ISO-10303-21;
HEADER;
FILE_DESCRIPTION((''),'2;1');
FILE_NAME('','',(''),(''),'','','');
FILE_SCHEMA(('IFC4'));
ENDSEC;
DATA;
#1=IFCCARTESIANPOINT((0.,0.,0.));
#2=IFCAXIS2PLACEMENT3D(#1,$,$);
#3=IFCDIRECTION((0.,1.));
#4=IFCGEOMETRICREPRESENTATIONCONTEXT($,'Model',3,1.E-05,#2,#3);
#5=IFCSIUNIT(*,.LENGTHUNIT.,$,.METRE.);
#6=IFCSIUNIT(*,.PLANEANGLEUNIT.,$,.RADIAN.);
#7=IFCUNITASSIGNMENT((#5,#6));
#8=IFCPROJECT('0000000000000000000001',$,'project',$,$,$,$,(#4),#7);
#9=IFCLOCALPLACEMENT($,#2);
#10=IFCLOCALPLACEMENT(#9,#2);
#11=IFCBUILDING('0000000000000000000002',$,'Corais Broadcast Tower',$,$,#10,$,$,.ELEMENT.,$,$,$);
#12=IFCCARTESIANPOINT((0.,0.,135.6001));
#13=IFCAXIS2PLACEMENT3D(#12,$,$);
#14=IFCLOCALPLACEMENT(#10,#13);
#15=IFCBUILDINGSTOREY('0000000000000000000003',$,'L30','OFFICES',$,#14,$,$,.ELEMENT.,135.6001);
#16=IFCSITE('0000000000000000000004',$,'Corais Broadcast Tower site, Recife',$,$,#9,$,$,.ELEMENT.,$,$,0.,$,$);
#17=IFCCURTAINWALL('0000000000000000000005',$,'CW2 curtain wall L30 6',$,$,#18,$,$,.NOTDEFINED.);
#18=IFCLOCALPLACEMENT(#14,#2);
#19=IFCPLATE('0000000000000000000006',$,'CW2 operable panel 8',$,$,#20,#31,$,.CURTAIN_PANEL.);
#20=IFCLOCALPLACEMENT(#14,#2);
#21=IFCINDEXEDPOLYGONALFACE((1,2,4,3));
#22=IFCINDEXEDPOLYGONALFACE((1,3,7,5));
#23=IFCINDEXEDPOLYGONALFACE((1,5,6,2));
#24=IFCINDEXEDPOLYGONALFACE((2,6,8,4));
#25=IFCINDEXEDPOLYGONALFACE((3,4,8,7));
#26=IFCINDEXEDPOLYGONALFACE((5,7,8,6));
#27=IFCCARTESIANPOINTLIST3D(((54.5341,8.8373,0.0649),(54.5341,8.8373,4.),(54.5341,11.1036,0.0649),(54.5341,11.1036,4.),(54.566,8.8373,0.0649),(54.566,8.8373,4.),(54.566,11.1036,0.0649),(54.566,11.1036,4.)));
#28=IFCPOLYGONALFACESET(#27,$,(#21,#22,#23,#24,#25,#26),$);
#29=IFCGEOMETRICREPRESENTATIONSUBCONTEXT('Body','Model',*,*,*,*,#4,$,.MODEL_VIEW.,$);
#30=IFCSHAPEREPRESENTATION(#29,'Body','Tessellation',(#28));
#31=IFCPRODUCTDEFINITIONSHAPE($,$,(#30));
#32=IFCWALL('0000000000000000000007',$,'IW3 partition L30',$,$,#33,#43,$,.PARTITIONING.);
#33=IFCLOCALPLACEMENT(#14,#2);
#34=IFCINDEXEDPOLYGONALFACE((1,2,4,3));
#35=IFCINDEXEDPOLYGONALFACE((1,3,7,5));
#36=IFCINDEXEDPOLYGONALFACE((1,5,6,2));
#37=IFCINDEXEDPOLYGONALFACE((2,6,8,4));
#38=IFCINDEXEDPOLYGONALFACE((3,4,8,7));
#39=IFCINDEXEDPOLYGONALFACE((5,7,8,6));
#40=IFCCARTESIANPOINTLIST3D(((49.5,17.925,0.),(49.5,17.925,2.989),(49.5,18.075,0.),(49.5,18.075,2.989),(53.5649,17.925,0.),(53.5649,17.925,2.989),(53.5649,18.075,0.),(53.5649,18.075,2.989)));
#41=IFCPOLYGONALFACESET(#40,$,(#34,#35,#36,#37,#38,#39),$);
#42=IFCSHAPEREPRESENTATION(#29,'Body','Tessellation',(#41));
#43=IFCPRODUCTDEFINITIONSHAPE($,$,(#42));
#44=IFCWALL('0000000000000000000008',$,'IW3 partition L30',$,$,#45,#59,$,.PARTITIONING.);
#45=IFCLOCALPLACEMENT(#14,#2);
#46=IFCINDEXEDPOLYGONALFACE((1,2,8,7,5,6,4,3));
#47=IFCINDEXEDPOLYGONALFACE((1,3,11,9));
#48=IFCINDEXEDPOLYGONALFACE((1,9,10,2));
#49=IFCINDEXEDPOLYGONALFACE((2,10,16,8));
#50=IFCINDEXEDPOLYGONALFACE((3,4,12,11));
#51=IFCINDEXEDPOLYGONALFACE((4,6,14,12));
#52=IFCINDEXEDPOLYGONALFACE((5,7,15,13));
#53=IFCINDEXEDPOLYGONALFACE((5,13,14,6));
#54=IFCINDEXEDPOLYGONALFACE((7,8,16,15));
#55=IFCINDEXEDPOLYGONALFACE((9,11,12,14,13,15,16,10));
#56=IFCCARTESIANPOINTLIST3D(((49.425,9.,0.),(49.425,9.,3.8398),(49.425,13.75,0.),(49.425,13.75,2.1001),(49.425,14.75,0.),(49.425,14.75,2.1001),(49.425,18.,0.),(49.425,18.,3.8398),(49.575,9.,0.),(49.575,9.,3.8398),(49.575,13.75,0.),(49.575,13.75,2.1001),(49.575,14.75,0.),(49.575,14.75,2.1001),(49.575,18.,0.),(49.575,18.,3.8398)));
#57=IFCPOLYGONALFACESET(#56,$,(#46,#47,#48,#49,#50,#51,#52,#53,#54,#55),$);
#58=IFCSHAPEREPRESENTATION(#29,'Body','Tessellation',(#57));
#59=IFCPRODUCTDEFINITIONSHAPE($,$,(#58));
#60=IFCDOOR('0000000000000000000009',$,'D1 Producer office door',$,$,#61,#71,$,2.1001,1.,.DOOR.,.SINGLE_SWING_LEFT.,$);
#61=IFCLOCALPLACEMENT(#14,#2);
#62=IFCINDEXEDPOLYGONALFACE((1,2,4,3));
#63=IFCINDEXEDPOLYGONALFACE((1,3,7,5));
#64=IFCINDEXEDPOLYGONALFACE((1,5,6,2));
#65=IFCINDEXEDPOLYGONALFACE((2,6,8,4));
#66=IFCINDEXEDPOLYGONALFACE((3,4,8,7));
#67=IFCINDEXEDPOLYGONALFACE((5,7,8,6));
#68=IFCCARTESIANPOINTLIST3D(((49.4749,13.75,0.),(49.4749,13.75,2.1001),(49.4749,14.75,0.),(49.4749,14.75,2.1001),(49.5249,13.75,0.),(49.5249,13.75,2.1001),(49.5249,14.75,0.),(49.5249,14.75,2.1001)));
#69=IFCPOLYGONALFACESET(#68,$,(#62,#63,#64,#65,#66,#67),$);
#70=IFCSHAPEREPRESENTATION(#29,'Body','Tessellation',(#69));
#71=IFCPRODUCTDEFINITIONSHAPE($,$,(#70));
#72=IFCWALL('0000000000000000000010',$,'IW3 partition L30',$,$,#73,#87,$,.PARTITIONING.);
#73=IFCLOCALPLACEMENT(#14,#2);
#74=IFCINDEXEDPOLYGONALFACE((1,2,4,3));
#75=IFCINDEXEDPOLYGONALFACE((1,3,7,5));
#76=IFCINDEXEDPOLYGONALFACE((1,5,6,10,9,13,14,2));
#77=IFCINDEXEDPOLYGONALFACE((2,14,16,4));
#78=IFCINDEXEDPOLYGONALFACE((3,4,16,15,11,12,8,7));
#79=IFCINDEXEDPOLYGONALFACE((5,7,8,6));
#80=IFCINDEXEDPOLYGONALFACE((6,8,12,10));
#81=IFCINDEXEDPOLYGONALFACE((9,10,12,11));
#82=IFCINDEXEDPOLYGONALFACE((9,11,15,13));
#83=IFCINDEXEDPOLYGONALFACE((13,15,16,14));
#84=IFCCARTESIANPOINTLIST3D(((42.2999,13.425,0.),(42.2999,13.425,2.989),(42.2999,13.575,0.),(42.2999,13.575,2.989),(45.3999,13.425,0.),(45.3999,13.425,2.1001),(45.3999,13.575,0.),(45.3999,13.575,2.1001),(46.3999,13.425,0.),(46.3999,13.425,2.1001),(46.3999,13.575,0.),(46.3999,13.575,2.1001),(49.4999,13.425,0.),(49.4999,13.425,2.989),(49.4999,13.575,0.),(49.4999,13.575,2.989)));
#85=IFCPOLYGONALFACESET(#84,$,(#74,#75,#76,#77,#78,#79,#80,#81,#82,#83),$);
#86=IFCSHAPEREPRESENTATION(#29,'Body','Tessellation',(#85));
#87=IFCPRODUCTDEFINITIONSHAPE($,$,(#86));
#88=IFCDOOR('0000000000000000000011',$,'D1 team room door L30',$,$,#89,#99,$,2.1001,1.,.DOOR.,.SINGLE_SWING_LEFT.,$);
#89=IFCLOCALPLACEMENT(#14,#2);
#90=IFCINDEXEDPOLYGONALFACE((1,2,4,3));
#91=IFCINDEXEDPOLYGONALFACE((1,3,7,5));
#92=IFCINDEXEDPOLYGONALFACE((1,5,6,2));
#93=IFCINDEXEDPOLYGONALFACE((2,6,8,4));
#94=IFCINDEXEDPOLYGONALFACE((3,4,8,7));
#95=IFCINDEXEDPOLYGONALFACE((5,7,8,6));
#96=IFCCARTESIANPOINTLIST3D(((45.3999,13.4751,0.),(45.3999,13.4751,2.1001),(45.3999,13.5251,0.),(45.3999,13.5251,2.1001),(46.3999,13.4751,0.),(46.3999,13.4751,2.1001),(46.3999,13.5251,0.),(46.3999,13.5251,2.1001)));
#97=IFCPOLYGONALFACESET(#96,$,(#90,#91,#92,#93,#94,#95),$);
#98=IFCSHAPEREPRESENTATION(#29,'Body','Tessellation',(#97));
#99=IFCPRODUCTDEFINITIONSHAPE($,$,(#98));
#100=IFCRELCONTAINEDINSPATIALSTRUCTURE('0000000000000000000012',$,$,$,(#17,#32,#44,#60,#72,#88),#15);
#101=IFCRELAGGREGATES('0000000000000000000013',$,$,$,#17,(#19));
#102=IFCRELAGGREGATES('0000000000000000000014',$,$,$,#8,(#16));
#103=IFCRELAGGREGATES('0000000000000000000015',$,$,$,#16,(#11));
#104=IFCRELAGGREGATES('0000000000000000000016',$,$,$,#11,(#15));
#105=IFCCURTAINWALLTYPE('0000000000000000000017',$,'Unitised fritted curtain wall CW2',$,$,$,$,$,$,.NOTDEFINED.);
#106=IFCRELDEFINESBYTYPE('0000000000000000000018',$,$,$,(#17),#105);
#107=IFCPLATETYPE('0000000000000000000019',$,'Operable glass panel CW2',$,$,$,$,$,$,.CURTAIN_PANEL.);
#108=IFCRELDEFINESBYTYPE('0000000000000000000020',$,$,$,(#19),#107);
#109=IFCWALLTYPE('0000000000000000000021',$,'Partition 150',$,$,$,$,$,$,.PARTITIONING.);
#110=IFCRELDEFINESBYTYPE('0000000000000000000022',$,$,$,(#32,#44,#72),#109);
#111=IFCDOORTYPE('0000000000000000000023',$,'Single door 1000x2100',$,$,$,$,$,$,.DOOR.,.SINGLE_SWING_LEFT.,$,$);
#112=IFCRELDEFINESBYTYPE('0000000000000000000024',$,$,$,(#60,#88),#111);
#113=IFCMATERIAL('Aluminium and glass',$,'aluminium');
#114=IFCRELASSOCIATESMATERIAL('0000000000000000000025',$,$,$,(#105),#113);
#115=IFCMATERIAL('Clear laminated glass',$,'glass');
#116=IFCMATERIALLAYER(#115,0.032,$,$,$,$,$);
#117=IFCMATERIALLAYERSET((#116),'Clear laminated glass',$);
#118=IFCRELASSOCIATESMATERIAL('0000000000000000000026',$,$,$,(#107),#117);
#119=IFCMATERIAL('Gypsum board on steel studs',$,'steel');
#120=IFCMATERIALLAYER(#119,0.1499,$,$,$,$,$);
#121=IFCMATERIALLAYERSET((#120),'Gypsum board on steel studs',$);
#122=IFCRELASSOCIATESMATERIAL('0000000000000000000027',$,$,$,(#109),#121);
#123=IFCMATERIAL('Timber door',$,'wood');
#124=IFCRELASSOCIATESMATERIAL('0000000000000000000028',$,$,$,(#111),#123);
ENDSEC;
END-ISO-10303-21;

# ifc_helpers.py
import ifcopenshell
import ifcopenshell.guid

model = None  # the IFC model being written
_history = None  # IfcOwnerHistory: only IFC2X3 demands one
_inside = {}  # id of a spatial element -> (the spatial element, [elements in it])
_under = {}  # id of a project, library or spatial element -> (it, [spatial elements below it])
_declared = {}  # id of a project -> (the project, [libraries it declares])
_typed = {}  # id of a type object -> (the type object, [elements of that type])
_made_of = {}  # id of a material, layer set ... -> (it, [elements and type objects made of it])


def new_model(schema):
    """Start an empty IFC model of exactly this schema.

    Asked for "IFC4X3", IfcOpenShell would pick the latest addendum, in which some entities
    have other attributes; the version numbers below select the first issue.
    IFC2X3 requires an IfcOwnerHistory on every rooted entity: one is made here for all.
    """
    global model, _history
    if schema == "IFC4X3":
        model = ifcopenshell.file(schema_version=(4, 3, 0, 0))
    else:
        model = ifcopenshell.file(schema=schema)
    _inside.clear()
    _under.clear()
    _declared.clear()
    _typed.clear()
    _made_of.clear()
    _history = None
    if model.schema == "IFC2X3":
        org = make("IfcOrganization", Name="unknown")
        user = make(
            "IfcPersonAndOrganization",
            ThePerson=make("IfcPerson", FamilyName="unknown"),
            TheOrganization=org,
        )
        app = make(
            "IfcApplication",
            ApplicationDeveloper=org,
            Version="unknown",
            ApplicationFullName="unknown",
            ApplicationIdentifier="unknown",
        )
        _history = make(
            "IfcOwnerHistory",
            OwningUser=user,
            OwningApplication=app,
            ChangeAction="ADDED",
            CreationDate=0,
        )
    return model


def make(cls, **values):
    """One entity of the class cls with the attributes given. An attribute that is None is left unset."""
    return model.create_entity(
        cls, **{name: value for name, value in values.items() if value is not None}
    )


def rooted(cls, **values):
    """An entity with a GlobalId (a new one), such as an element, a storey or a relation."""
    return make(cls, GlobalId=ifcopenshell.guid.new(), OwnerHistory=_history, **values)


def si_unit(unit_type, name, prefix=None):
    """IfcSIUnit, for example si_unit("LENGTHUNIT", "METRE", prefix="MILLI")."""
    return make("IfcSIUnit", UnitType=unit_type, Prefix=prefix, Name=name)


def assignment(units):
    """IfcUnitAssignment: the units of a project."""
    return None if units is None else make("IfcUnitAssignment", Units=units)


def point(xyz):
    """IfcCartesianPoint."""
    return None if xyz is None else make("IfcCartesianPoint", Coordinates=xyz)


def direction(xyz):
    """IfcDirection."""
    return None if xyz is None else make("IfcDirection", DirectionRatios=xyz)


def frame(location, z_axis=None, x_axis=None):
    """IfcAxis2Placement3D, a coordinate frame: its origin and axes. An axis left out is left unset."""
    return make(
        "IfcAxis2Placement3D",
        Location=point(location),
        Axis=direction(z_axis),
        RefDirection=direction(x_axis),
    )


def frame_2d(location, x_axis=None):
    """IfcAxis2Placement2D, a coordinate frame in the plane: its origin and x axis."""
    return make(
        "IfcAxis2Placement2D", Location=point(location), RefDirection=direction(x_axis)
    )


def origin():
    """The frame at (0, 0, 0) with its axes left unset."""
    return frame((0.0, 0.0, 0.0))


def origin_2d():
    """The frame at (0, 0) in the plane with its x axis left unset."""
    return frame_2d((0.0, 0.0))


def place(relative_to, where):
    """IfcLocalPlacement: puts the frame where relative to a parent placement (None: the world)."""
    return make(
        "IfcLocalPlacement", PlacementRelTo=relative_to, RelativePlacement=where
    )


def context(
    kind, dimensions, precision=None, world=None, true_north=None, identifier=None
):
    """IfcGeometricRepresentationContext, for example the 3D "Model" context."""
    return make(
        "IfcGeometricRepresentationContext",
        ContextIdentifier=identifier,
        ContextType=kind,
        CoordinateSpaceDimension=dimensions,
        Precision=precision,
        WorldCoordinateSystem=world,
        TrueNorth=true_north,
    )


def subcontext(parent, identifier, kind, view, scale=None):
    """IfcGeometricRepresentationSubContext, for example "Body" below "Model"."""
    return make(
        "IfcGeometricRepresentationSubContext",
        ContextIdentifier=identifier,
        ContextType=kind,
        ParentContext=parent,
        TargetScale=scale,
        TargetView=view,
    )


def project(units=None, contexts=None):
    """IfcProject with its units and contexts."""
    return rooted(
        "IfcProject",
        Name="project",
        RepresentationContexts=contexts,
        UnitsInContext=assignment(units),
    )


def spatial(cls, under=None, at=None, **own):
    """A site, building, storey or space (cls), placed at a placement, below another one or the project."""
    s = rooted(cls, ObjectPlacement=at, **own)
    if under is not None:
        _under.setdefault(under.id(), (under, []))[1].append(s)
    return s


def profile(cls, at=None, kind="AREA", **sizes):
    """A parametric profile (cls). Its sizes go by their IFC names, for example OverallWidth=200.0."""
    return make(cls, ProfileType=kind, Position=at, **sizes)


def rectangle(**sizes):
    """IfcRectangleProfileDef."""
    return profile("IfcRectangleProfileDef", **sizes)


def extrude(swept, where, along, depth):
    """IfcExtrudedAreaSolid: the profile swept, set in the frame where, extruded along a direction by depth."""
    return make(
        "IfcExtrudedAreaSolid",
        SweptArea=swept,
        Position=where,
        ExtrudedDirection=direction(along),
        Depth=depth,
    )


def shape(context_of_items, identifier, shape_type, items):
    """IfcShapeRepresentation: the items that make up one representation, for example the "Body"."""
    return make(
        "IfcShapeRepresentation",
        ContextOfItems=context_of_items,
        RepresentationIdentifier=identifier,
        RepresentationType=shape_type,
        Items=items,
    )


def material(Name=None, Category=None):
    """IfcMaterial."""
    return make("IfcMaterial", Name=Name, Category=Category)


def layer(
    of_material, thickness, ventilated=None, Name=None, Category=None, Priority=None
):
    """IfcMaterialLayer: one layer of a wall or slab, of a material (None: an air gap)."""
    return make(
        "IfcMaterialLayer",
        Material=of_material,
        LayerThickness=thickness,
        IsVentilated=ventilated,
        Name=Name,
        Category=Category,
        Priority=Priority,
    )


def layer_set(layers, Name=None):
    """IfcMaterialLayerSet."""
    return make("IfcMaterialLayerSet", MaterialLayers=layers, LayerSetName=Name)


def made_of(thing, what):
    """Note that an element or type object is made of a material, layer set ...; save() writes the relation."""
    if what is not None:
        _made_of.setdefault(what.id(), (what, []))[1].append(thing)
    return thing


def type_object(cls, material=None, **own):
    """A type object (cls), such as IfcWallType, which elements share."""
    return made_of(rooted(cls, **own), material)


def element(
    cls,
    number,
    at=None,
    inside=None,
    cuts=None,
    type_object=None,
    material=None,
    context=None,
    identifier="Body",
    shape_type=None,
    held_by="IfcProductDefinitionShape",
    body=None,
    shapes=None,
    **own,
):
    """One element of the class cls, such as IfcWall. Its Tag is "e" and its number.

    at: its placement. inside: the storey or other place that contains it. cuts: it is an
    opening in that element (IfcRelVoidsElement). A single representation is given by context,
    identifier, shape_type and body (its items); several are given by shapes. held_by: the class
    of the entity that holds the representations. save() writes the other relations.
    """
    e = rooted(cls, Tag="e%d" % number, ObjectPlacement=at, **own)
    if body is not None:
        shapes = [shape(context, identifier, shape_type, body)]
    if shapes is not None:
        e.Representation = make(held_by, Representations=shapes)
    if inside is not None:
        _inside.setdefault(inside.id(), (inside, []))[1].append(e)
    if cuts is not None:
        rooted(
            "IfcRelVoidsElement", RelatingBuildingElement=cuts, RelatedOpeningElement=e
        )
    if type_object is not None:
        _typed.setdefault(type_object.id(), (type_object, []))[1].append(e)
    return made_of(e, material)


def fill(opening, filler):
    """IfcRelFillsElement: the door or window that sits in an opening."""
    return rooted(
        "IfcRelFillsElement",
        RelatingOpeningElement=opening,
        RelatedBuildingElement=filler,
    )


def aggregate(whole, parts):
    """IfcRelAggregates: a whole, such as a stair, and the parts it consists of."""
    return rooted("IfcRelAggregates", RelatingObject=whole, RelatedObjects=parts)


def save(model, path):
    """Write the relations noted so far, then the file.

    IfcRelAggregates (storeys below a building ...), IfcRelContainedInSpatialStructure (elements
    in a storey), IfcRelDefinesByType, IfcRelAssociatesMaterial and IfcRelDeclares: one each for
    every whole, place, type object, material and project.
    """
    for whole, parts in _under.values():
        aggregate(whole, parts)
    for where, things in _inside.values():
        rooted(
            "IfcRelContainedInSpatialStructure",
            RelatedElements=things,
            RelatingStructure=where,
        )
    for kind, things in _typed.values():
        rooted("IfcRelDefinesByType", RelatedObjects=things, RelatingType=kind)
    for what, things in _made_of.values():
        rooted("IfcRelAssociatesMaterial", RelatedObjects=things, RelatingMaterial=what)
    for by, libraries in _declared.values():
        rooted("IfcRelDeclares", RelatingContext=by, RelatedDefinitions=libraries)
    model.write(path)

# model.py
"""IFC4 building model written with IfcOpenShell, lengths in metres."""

from ifc_helpers import new_model, si_unit, direction, frame, frame_2d, origin, origin_2d, place, context, subcontext, project, spatial, rectangle, extrude, material, layer, layer_set, type_object, element, fill, aggregate, save


model = new_model("IFC4")

# Units and contexts
model_context = context("Model", 3, precision=1e-05, world=origin(), true_north=direction((0.0, 1.0)))
body_context = subcontext(model_context, "Body", "Model", "MODEL_VIEW")
ifc_project = project(units=[si_unit("LENGTHUNIT", "METRE"), si_unit("PLANEANGLEUNIT", "RADIAN")], contexts=[model_context])

# Site, building, storey
site_placement = place(None, origin())
site = spatial("IfcSite", under=ifc_project, at=site_placement, Name="Corais Broadcast Tower site, Recife", CompositionType="ELEMENT", RefElevation=0.0)
building_placement = place(site_placement, origin())
building = spatial("IfcBuilding", under=site, at=building_placement, Name="Corais Broadcast Tower", CompositionType="ELEMENT")
storey_placement = place(building_placement, frame((0.0, 0.0, 135.6001)))
storey = spatial("IfcBuildingStorey", under=building, at=storey_placement, Name="L30", Description="OFFICES", CompositionType="ELEMENT", Elevation=135.6001)

# Curtain wall
ifc_material_1 = material(Name="Aluminium and glass", Category="aluminium")
curtain_wall_type = type_object("IfcCurtainWallType", Name="Unitised fritted curtain wall CW2", PredefinedType="NOTDEFINED", material=ifc_material_1)
curtain_wall_placement = place(storey_placement, origin())
curtain_wall = element("IfcCurtainWall", 1, at=curtain_wall_placement, inside=storey, type_object=curtain_wall_type, Name="CW2 curtain wall L30 6", PredefinedType="NOTDEFINED")

# Plate
ifc_material_2 = material(Name="Clear laminated glass", Category="glass")
ifc_layer_1 = layer(ifc_material_2, 0.032)
ifc_layer_set_1 = layer_set([ifc_layer_1], Name="Clear laminated glass")
plate_type_1 = type_object("IfcPlateType", Name="Operable glass panel CW2", PredefinedType="CURTAIN_PANEL", material=ifc_layer_set_1)
plate_1_placement = place(storey_placement, frame((54.55, 9.9705, 0.0649), z_axis=(0.0, 0.0, 1.0), x_axis=(0.0, -1.0, 0.0)))
plate_1 = element("IfcPlate", 2, at=plate_1_placement, type_object=plate_type_1, Name="CW2 operable panel 8", PredefinedType="CURTAIN_PANEL", context=body_context, shape_type="SweptSolid", body=[
    extrude(rectangle(XDim=2.2664, YDim=0.032, at=origin_2d()), origin(), (0.0, 0.0, 1.0), 3.9351),
])
aggregate(curtain_wall, [plate_1])

# Wall
ifc_material_3 = material(Name="Gypsum board on steel studs", Category="steel")
ifc_layer_2 = layer(ifc_material_3, 0.1499)
ifc_layer_set_2 = layer_set([ifc_layer_2], Name="Gypsum board on steel studs")
wall_type = type_object("IfcWallType", Name="Partition 150", PredefinedType="PARTITIONING", material=ifc_layer_set_2)
wall_1_placement = place(storey_placement, frame((53.5649, 18.0, 0.0), z_axis=(0.0, 0.0, 1.0), x_axis=(-1.0, 0.0, 0.0)))
element("IfcWall", 3, at=wall_1_placement, inside=storey, type_object=wall_type, Name="IW3 partition L30", PredefinedType="PARTITIONING", context=body_context, shape_type="SweptSolid", body=[
    extrude(rectangle(XDim=4.0649, YDim=0.1499, at=frame_2d((2.0325, 0.0))), origin(), (0.0, 0.0, 1.0), 2.989),
])

# Walls, openings, doors
wall_2_placement = place(storey_placement, frame((49.5, 18.0, 0.0), z_axis=(0.0, 0.0, 1.0), x_axis=(0.0, -1.0, 0.0)))
wall_2 = element("IfcWall", 4, at=wall_2_placement, inside=storey, type_object=wall_type, Name="IW3 partition L30", PredefinedType="PARTITIONING", context=body_context, shape_type="SweptSolid", body=[
    extrude(rectangle(XDim=9.0, YDim=0.1499, at=frame_2d((4.5, 0.0))), origin(), (0.0, 0.0, 1.0), 3.8398),
])
opening_1_placement = place(wall_2_placement, frame((3.25, 0.0, 0.0)))
opening_1 = element("IfcOpeningElement", 5, at=opening_1_placement, cuts=wall_2, PredefinedType="OPENING", context=body_context, shape_type="SweptSolid", body=[
    extrude(rectangle(XDim=1.0, YDim=2.1001, at=frame_2d((0.5, 1.05))), frame((0.0, 0.085, 0.0), z_axis=(0.0, -1.0, 0.0), x_axis=(1.0, 0.0, 0.0)), (0.0, 0.0, 1.0), 0.1699),
])
ifc_material_4 = material(Name="Timber door", Category="wood")
door_type = type_object("IfcDoorType", Name="Single door 1000x2100", OperationType="SINGLE_SWING_LEFT", PredefinedType="DOOR", material=ifc_material_4)
door_1_placement = place(opening_1_placement, origin())
door_1 = element("IfcDoor", 6, at=door_1_placement, inside=storey, type_object=door_type, Name="D1 Producer office door", OperationType="SINGLE_SWING_LEFT", OverallHeight=2.1001, OverallWidth=1.0, PredefinedType="DOOR", context=body_context, shape_type="SweptSolid", body=[
    extrude(rectangle(XDim=1.0, YDim=2.1001, at=frame_2d((0.5, 1.05))), frame((0.0, 0.0249, 0.0), z_axis=(0.0, -1.0, 0.0), x_axis=(1.0, 0.0, 0.0)), (0.0, 0.0, 1.0), 0.05),
])
fill(opening_1, door_1)
wall_3_placement = place(storey_placement, frame((49.5, 13.5, 0.0), z_axis=(0.0, 0.0, 1.0), x_axis=(-1.0, 0.0, 0.0)))
wall_3 = element("IfcWall", 7, at=wall_3_placement, inside=storey, type_object=wall_type, Name="IW3 partition L30", PredefinedType="PARTITIONING", context=body_context, shape_type="SweptSolid", body=[
    extrude(rectangle(XDim=7.2, YDim=0.1499, at=frame_2d((3.6001, 0.0))), origin(), (0.0, 0.0, 1.0), 2.989),
])
opening_2_placement = place(wall_3_placement, frame((3.1001, 0.0, 0.0)))
opening_2 = element("IfcOpeningElement", 8, at=opening_2_placement, cuts=wall_3, PredefinedType="OPENING", context=body_context, shape_type="SweptSolid", body=[
    extrude(rectangle(XDim=1.0, YDim=2.1001, at=frame_2d((0.5, 1.05))), frame((0.0, 0.085, 0.0), z_axis=(0.0, -1.0, 0.0), x_axis=(1.0, 0.0, 0.0)), (0.0, 0.0, 1.0), 0.1699),
])
door_2_placement = place(opening_2_placement, origin())
door_2 = element("IfcDoor", 9, at=door_2_placement, inside=storey, type_object=door_type, Name="D1 team room door L30", OperationType="SINGLE_SWING_LEFT", OverallHeight=2.1001, OverallWidth=1.0, PredefinedType="DOOR", context=body_context, shape_type="SweptSolid", body=[
    extrude(rectangle(XDim=1.0, YDim=2.1001, at=frame_2d((0.5, 1.05))), frame((0.0, 0.0249, 0.0), z_axis=(0.0, -1.0, 0.0), x_axis=(1.0, 0.0, 0.0)), (0.0, 0.0, 1.0), 0.05),
])
fill(opening_2, door_2)

save(model, "model.ifc")
